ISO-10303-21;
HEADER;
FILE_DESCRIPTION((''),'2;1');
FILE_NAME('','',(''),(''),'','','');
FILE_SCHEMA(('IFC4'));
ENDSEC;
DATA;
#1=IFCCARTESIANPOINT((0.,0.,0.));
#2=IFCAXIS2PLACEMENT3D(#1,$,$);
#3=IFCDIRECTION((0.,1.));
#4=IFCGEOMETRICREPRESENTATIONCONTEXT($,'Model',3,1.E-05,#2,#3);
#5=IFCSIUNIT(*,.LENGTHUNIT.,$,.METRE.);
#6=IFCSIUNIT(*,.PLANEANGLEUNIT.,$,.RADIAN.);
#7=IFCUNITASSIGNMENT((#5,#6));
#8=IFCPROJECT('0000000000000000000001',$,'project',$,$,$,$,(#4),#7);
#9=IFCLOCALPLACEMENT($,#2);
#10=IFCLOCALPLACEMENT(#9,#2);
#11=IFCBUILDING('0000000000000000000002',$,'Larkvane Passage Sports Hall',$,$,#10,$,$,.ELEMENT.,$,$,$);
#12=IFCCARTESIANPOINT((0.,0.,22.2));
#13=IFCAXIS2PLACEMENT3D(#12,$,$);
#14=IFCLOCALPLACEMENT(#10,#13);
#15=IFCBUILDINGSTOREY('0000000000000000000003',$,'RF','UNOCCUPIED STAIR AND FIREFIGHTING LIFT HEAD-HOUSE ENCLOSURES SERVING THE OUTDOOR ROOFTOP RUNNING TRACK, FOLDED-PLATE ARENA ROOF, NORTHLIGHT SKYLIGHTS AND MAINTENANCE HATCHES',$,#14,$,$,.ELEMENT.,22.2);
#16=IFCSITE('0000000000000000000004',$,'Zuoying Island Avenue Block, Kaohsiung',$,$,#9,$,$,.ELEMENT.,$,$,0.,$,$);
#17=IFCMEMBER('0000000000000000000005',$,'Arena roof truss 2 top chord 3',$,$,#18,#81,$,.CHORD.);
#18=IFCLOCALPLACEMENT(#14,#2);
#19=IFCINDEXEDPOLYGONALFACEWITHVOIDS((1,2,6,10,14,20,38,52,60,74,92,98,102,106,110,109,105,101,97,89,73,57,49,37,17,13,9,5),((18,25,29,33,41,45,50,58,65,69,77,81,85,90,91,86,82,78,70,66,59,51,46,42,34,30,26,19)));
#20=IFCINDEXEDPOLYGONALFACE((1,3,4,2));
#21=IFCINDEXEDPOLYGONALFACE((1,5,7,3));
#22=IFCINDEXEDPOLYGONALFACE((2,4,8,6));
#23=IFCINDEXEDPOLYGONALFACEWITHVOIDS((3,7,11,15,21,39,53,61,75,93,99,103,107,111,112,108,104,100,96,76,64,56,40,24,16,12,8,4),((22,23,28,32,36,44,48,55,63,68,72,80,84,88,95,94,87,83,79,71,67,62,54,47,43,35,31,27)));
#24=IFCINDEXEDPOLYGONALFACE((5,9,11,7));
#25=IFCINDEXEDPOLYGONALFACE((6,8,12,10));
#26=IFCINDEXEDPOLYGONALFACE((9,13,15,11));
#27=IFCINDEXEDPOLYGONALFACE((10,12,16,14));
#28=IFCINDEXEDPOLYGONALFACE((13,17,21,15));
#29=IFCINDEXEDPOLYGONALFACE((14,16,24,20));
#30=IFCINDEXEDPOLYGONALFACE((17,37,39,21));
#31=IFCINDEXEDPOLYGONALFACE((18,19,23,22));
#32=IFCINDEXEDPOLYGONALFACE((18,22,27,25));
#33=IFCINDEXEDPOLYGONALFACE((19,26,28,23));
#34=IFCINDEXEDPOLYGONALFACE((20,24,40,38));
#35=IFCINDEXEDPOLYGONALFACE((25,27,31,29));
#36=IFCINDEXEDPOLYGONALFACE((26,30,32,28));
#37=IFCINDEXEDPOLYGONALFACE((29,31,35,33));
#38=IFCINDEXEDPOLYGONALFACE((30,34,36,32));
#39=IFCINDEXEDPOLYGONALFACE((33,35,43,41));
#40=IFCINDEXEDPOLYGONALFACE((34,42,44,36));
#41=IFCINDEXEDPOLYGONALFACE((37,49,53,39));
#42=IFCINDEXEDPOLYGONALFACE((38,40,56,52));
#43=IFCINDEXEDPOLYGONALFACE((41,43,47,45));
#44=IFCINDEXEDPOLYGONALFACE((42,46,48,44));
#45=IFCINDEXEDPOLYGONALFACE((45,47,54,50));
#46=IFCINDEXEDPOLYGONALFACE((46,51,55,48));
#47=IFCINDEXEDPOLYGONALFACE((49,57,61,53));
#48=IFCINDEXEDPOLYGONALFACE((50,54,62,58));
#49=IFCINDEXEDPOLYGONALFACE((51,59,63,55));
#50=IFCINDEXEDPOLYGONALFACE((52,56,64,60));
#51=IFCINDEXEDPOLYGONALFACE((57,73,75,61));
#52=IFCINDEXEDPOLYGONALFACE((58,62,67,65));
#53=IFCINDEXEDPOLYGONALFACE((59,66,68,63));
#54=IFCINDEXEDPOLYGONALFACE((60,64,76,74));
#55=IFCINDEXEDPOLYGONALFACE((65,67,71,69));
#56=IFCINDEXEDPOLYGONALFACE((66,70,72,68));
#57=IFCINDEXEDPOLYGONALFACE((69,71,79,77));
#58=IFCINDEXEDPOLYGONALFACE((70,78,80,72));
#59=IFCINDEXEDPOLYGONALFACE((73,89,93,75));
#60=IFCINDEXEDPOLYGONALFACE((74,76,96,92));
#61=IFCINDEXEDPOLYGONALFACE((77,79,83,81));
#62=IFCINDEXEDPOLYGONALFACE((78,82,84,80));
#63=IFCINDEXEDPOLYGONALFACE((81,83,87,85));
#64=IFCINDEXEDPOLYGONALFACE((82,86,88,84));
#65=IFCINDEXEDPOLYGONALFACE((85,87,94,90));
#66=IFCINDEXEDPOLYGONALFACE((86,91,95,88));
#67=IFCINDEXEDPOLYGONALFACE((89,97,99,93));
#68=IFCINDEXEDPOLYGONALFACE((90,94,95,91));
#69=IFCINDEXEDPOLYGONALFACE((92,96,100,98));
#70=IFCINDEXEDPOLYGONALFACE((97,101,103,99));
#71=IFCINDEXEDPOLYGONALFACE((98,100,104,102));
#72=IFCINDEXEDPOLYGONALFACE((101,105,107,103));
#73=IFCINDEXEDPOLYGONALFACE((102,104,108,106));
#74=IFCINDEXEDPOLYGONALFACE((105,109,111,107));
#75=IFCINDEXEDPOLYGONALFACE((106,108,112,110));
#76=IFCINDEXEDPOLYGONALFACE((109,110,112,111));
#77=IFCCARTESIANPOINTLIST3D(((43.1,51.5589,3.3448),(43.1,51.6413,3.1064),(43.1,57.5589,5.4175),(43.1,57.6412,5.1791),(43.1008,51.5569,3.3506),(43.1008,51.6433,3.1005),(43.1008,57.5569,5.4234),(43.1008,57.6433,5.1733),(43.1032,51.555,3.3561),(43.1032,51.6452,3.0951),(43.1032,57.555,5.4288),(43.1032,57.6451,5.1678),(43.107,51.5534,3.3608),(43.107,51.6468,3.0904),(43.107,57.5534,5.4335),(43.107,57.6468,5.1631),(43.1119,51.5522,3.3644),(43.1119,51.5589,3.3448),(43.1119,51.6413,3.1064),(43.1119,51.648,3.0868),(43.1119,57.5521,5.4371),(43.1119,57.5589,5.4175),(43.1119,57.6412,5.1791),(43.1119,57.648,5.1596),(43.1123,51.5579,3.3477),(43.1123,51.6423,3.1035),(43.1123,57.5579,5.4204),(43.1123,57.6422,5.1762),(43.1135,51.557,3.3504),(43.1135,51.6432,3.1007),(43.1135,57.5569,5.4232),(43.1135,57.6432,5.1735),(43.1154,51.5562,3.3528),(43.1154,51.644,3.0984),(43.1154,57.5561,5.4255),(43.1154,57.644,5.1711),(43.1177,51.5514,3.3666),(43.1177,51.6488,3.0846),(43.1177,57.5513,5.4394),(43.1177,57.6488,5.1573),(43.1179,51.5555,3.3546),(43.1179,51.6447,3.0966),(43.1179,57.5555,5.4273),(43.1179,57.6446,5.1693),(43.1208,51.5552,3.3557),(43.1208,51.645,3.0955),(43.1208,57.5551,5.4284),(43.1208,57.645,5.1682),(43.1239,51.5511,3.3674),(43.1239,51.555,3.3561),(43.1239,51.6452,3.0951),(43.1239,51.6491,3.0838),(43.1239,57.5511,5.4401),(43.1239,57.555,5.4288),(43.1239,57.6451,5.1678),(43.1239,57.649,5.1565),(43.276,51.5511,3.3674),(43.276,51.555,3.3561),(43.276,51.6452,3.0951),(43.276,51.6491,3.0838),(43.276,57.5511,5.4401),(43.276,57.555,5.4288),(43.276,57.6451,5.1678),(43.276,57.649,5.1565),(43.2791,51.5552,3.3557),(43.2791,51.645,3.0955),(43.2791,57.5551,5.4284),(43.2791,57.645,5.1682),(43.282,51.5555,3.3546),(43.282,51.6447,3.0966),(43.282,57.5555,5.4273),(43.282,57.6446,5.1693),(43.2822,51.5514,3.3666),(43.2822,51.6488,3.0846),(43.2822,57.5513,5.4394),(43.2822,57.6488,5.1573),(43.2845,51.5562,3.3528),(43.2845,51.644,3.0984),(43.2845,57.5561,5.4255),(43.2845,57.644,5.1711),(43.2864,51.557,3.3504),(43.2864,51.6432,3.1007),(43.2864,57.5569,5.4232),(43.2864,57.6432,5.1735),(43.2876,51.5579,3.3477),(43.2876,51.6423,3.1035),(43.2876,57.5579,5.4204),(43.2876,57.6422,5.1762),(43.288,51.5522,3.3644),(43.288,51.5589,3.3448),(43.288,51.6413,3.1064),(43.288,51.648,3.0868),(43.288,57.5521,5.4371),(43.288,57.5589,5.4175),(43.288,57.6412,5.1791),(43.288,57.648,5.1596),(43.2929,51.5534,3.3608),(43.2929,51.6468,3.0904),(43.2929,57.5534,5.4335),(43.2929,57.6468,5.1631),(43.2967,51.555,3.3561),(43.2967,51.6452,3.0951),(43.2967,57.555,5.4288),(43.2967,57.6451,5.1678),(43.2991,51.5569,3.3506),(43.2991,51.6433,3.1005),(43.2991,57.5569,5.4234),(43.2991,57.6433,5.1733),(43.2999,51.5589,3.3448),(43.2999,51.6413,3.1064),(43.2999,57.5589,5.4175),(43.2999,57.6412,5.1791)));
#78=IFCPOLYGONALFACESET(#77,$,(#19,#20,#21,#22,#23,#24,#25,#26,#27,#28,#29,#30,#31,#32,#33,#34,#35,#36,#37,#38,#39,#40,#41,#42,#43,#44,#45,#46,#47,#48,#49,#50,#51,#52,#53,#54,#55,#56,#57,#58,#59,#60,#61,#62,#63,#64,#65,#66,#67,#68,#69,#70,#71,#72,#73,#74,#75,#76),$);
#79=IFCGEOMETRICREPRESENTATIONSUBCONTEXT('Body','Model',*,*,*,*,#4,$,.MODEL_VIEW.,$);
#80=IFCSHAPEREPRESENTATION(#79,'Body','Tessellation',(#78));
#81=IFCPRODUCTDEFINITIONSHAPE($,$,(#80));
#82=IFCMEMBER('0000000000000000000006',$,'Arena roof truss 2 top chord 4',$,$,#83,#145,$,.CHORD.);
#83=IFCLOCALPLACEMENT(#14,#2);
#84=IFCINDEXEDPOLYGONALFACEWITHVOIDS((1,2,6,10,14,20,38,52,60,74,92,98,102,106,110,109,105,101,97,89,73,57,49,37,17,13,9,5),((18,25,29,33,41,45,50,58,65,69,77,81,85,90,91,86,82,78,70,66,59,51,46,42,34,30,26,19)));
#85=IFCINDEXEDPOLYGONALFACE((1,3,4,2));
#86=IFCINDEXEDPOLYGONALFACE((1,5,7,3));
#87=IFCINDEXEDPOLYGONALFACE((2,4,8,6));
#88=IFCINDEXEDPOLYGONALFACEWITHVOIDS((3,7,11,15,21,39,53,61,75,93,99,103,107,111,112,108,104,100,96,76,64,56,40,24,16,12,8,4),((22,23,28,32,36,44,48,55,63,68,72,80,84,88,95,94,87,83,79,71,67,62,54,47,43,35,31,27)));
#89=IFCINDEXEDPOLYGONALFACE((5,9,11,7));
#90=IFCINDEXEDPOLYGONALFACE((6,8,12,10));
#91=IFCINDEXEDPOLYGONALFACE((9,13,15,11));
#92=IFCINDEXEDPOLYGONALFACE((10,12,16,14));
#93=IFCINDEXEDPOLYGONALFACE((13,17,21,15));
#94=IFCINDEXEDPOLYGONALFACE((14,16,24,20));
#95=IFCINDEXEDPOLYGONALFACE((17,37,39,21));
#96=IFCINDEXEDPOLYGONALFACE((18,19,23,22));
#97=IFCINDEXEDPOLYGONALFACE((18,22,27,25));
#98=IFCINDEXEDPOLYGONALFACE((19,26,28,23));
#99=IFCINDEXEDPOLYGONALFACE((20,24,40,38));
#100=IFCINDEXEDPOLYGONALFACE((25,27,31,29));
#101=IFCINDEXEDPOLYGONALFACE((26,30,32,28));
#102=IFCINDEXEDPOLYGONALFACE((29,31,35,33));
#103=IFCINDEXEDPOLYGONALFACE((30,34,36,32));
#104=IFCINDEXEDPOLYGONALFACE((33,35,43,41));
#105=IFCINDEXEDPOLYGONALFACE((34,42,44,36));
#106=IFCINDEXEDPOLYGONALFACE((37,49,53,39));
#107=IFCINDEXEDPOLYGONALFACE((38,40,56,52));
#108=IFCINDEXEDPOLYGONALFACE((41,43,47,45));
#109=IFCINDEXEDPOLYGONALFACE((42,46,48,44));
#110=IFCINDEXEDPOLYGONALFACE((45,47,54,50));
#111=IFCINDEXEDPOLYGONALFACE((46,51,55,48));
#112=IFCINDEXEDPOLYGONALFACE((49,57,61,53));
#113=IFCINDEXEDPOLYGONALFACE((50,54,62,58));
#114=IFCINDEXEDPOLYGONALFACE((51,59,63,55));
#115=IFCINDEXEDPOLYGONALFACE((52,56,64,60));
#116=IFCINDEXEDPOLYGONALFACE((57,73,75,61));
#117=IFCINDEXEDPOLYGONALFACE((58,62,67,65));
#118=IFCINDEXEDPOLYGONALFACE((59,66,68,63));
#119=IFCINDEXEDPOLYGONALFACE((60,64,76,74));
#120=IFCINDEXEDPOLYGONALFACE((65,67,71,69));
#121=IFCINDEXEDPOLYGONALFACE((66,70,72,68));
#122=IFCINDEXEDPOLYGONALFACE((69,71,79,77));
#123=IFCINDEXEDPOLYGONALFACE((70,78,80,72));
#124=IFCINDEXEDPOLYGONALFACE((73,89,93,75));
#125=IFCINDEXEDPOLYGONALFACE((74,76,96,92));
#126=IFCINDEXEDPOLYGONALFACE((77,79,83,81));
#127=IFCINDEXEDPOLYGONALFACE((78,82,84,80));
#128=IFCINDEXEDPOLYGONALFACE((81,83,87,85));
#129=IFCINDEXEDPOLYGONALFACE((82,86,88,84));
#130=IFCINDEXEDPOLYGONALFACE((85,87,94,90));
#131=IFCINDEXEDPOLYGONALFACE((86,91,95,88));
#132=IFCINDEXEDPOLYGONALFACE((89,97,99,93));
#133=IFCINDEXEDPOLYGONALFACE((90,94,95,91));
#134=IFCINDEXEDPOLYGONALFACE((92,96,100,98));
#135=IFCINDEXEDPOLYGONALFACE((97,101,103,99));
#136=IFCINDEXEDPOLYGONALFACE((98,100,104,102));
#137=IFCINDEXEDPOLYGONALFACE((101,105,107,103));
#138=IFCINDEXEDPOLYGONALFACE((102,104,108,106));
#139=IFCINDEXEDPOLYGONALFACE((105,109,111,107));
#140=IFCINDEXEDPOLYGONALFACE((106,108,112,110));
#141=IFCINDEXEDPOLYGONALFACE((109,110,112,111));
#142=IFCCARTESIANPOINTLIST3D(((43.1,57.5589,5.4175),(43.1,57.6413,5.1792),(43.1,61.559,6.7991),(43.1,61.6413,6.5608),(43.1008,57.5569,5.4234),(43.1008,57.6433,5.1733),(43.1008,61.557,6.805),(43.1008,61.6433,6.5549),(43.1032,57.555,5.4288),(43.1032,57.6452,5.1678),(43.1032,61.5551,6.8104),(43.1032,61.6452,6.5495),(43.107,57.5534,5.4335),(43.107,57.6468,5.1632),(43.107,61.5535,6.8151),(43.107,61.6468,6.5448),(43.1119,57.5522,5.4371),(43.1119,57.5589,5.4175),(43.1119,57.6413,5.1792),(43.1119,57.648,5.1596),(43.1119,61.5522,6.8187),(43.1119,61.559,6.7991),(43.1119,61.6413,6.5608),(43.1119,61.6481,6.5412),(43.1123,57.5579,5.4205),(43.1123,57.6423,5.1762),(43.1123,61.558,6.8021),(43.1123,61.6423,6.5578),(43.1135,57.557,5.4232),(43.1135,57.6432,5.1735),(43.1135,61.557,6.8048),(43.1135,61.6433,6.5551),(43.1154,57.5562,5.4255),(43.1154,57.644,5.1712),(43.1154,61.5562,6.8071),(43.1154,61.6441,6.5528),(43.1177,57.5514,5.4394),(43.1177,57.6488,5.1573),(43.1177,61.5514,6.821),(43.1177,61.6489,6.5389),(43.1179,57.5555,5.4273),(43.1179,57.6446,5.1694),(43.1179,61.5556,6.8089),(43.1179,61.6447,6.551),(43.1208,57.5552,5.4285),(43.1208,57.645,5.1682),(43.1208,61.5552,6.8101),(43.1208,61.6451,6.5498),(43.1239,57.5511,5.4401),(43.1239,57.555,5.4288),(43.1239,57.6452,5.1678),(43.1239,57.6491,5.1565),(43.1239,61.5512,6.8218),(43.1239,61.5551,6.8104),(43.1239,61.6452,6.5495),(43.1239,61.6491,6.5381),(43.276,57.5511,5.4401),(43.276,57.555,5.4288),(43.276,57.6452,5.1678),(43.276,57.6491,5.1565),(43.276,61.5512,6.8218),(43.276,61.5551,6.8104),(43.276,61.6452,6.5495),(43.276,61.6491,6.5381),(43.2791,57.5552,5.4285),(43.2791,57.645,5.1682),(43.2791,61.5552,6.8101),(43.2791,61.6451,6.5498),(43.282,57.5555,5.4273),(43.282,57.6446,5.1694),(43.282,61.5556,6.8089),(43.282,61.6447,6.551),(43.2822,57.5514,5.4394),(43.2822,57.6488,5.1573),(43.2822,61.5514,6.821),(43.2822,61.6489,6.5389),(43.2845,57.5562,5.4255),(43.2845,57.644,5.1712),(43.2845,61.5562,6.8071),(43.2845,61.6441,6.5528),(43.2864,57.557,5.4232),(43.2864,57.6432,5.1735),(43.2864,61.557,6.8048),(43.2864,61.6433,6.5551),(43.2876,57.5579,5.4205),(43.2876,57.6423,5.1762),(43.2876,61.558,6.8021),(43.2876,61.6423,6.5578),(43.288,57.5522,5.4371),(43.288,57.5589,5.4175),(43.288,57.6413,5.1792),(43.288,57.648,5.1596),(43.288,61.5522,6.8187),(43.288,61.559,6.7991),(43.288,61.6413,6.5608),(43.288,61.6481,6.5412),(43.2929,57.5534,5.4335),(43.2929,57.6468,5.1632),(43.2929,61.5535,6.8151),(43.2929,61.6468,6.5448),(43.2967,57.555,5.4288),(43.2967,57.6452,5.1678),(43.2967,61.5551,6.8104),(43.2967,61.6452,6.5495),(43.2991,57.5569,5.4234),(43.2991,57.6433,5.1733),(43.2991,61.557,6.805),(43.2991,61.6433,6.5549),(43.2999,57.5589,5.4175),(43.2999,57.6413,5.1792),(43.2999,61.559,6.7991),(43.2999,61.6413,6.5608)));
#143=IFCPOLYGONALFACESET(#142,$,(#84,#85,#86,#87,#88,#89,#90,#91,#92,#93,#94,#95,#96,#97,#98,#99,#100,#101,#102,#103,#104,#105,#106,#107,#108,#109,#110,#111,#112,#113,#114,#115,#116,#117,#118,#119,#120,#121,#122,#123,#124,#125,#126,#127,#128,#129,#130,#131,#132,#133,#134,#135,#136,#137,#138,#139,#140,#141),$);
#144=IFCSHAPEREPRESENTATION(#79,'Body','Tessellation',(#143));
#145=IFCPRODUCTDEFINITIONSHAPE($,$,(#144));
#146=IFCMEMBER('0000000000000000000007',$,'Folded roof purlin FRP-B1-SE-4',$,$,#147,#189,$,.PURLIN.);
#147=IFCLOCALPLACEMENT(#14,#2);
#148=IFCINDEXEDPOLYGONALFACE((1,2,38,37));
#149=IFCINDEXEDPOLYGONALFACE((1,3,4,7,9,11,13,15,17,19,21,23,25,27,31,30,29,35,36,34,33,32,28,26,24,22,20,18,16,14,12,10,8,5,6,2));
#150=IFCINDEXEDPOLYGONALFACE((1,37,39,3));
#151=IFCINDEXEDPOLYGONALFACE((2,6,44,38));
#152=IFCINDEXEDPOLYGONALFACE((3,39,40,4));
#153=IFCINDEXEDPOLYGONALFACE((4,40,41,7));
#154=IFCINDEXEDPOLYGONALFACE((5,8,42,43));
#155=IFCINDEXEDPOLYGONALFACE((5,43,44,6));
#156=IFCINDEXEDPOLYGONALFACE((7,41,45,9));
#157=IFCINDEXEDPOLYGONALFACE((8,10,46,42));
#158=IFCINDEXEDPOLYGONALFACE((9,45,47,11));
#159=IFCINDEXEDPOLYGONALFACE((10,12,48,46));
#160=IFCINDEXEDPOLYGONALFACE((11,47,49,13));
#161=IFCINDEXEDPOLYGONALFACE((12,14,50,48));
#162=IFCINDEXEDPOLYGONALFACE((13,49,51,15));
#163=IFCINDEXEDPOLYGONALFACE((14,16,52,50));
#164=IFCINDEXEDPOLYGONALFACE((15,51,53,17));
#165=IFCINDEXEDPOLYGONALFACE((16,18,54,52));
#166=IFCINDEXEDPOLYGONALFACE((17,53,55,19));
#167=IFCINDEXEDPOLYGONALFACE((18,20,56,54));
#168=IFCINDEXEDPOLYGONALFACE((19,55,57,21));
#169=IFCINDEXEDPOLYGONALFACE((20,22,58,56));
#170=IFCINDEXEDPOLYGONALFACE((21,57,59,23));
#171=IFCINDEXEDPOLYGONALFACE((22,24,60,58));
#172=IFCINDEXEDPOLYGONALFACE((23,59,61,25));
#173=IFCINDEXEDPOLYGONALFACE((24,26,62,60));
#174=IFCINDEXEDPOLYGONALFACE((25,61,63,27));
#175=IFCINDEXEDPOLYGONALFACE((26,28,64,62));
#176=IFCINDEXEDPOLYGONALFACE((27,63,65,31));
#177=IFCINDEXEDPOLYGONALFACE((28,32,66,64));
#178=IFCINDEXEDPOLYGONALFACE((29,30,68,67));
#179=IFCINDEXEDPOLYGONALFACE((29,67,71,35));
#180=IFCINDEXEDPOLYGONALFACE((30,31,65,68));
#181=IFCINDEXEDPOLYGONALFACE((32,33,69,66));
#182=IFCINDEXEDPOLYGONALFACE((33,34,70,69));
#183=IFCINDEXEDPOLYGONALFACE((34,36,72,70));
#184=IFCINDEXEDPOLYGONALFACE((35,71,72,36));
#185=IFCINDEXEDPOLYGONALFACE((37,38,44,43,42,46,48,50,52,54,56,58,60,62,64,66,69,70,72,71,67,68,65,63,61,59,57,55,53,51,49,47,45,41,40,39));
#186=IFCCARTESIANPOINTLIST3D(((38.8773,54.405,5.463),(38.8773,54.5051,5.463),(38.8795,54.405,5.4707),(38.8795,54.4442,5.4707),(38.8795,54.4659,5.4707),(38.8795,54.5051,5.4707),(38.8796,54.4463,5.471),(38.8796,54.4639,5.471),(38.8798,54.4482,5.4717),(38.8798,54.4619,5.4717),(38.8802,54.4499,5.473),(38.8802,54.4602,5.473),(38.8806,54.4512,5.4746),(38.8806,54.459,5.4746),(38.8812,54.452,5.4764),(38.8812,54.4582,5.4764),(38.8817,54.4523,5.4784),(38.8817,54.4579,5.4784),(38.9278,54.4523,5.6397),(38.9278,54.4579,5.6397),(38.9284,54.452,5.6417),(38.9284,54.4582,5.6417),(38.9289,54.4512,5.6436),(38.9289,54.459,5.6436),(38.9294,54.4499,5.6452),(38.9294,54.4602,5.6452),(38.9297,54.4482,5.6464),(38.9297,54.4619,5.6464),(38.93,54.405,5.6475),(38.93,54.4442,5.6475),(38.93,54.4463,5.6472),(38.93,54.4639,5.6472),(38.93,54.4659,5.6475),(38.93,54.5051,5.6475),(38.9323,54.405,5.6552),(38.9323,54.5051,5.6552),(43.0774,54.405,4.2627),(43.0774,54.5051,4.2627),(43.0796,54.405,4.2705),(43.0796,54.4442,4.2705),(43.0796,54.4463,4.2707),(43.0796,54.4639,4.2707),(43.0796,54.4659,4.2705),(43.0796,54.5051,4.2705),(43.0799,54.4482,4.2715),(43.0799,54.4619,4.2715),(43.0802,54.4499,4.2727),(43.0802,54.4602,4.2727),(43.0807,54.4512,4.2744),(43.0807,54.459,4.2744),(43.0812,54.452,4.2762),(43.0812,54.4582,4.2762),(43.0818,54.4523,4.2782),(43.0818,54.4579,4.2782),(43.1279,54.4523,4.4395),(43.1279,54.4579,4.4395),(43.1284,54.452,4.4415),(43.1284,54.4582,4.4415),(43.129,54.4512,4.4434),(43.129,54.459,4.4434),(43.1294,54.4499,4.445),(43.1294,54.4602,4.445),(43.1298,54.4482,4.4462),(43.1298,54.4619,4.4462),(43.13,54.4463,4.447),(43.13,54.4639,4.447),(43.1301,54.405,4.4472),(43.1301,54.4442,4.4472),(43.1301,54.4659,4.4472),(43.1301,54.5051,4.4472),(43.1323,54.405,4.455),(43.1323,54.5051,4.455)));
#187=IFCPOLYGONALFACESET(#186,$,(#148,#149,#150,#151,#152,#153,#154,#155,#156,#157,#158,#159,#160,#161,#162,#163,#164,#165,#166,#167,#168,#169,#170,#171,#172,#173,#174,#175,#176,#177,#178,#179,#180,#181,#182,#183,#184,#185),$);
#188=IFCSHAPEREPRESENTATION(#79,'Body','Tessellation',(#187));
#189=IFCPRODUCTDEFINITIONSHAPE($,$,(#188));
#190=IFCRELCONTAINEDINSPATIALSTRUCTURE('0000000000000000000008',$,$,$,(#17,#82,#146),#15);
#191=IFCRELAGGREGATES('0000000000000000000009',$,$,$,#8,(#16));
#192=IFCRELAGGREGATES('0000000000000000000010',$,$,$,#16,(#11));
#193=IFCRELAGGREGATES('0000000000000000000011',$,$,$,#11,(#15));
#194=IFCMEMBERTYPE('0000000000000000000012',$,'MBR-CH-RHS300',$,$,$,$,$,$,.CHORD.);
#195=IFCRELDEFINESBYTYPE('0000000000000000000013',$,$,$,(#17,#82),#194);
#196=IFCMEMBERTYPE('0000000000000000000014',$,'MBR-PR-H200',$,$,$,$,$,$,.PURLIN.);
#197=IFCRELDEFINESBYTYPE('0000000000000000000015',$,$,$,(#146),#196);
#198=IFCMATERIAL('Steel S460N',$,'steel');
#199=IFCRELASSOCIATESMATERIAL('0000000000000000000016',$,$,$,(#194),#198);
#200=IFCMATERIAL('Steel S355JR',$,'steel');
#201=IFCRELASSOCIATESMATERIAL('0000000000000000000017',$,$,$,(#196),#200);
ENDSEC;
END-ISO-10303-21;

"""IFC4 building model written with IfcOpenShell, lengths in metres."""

from ifc_helpers import new_model, si_unit, direction, frame, origin, origin_2d, place, context, subcontext, project, spatial, hollow_rectangle, i_section, extrude, material, material_profile, profile_set, type_object, element, save


model = new_model("IFC4")

# Units and contexts
model_context = context("Model", 3, precision=1e-05, world=origin(), true_north=direction((0.0, 1.0)))
body_context = subcontext(model_context, "Body", "Model", "MODEL_VIEW")
ifc_project = project(units=[si_unit("LENGTHUNIT", "METRE"), si_unit("PLANEANGLEUNIT", "RADIAN")], contexts=[model_context])

# Site, building, storey
site_placement = place(None, origin())
site = spatial("IfcSite", under=ifc_project, at=site_placement, Name="Zuoying Island Avenue Block, Kaohsiung", CompositionType="ELEMENT", RefElevation=0.0)
building_placement = place(site_placement, origin())
building = spatial("IfcBuilding", under=site, at=building_placement, Name="Larkvane Passage Sports Hall", CompositionType="ELEMENT")
storey_placement = place(building_placement, frame((0.0, 0.0, 22.2)))
storey = spatial("IfcBuildingStorey", under=building, at=storey_placement, Name="RF", Description="UNOCCUPIED STAIR AND FIREFIGHTING LIFT HEAD-HOUSE ENCLOSURES SERVING THE OUTDOOR ROOFTOP RUNNING TRACK, FOLDED-PLATE ARENA ROOF, NORTHLIGHT SKYLIGHTS AND MAINTENANCE HATCHES", CompositionType="ELEMENT", Elevation=22.2)

# Members
ifc_material_1 = material(Name="Steel S355JR", Category="steel")
ifc_material_2 = material(Name="Steel S460N", Category="steel")
ifc_material_profile_1 = material_profile(ifc_material_2, hollow_rectangle(XDim=0.2, YDim=0.3, WallThickness=0.012, InnerFilletRadius=0.012, OuterFilletRadius=0.0239, at=origin_2d()), Name="RHS-300x200x12")
ifc_profile_set_1 = profile_set([ifc_material_profile_1], Name="Steel S460N")
member_type_1 = type_object("IfcMemberType", Name="MBR-CH-RHS300", PredefinedType="CHORD", material=ifc_profile_set_1)
member_1_placement = place(storey_placement, frame((43.2, 51.6001, 3.2256), z_axis=(0.0, 0.945189, 0.326524), x_axis=(-1.0, 0.0, 0.0)))
element("IfcMember", 1, at=member_1_placement, inside=storey, type_object=member_type_1, Name="Arena roof truss 2 top chord 3", PredefinedType="CHORD", context=body_context, shape_type="SweptSolid", body=[
    extrude(hollow_rectangle(XDim=0.2, YDim=0.3, WallThickness=0.012, InnerFilletRadius=0.012, OuterFilletRadius=0.0239, at=origin_2d()), origin(), (0.0, 0.0, 1.0), 6.3479),
])
member_2_placement = place(storey_placement, frame((43.2, 57.6001, 5.2983), z_axis=(0.0, 0.945207, 0.326472), x_axis=(-1.0, 0.0, 0.0)))
element("IfcMember", 2, at=member_2_placement, inside=storey, type_object=member_type_1, Name="Arena roof truss 2 top chord 4", PredefinedType="CHORD", context=body_context, shape_type="SweptSolid", body=[
    extrude(hollow_rectangle(XDim=0.2, YDim=0.3, WallThickness=0.012, InnerFilletRadius=0.012, OuterFilletRadius=0.0239, at=origin_2d()), origin(), (0.0, 0.0, 1.0), 4.2319),
])
ifc_material_profile_2 = material_profile(ifc_material_1, i_section(OverallWidth=0.1001, OverallDepth=0.2, WebThickness=0.0056, FlangeThickness=0.0081, FilletRadius=0.0081, at=origin_2d()), Name="H-200x100x5.5x8")
ifc_profile_set_2 = profile_set([ifc_material_profile_2], Name="Steel S355JR")
member_type_2 = type_object("IfcMemberType", Name="MBR-PR-H200", PredefinedType="PURLIN", material=ifc_profile_set_2)
member_3_placement = place(storey_placement, frame((38.9048, 54.4551, 5.5591), z_axis=(0.961511, 0.0, -0.274765), x_axis=(0.0, 1.0, 0.0)))
element("IfcMember", 3, at=member_3_placement, inside=storey, type_object=member_type_2, Name="Folded roof purlin FRP-B1-SE-4", PredefinedType="PURLIN", context=body_context, shape_type="SweptSolid", body=[
    extrude(i_section(OverallWidth=0.1001, OverallDepth=0.2, WebThickness=0.0056, FlangeThickness=0.0081, FilletRadius=0.0081, at=origin_2d()), origin(), (0.0, 0.0, 1.0), 4.3682),
])

save(model, "model.ifc")
